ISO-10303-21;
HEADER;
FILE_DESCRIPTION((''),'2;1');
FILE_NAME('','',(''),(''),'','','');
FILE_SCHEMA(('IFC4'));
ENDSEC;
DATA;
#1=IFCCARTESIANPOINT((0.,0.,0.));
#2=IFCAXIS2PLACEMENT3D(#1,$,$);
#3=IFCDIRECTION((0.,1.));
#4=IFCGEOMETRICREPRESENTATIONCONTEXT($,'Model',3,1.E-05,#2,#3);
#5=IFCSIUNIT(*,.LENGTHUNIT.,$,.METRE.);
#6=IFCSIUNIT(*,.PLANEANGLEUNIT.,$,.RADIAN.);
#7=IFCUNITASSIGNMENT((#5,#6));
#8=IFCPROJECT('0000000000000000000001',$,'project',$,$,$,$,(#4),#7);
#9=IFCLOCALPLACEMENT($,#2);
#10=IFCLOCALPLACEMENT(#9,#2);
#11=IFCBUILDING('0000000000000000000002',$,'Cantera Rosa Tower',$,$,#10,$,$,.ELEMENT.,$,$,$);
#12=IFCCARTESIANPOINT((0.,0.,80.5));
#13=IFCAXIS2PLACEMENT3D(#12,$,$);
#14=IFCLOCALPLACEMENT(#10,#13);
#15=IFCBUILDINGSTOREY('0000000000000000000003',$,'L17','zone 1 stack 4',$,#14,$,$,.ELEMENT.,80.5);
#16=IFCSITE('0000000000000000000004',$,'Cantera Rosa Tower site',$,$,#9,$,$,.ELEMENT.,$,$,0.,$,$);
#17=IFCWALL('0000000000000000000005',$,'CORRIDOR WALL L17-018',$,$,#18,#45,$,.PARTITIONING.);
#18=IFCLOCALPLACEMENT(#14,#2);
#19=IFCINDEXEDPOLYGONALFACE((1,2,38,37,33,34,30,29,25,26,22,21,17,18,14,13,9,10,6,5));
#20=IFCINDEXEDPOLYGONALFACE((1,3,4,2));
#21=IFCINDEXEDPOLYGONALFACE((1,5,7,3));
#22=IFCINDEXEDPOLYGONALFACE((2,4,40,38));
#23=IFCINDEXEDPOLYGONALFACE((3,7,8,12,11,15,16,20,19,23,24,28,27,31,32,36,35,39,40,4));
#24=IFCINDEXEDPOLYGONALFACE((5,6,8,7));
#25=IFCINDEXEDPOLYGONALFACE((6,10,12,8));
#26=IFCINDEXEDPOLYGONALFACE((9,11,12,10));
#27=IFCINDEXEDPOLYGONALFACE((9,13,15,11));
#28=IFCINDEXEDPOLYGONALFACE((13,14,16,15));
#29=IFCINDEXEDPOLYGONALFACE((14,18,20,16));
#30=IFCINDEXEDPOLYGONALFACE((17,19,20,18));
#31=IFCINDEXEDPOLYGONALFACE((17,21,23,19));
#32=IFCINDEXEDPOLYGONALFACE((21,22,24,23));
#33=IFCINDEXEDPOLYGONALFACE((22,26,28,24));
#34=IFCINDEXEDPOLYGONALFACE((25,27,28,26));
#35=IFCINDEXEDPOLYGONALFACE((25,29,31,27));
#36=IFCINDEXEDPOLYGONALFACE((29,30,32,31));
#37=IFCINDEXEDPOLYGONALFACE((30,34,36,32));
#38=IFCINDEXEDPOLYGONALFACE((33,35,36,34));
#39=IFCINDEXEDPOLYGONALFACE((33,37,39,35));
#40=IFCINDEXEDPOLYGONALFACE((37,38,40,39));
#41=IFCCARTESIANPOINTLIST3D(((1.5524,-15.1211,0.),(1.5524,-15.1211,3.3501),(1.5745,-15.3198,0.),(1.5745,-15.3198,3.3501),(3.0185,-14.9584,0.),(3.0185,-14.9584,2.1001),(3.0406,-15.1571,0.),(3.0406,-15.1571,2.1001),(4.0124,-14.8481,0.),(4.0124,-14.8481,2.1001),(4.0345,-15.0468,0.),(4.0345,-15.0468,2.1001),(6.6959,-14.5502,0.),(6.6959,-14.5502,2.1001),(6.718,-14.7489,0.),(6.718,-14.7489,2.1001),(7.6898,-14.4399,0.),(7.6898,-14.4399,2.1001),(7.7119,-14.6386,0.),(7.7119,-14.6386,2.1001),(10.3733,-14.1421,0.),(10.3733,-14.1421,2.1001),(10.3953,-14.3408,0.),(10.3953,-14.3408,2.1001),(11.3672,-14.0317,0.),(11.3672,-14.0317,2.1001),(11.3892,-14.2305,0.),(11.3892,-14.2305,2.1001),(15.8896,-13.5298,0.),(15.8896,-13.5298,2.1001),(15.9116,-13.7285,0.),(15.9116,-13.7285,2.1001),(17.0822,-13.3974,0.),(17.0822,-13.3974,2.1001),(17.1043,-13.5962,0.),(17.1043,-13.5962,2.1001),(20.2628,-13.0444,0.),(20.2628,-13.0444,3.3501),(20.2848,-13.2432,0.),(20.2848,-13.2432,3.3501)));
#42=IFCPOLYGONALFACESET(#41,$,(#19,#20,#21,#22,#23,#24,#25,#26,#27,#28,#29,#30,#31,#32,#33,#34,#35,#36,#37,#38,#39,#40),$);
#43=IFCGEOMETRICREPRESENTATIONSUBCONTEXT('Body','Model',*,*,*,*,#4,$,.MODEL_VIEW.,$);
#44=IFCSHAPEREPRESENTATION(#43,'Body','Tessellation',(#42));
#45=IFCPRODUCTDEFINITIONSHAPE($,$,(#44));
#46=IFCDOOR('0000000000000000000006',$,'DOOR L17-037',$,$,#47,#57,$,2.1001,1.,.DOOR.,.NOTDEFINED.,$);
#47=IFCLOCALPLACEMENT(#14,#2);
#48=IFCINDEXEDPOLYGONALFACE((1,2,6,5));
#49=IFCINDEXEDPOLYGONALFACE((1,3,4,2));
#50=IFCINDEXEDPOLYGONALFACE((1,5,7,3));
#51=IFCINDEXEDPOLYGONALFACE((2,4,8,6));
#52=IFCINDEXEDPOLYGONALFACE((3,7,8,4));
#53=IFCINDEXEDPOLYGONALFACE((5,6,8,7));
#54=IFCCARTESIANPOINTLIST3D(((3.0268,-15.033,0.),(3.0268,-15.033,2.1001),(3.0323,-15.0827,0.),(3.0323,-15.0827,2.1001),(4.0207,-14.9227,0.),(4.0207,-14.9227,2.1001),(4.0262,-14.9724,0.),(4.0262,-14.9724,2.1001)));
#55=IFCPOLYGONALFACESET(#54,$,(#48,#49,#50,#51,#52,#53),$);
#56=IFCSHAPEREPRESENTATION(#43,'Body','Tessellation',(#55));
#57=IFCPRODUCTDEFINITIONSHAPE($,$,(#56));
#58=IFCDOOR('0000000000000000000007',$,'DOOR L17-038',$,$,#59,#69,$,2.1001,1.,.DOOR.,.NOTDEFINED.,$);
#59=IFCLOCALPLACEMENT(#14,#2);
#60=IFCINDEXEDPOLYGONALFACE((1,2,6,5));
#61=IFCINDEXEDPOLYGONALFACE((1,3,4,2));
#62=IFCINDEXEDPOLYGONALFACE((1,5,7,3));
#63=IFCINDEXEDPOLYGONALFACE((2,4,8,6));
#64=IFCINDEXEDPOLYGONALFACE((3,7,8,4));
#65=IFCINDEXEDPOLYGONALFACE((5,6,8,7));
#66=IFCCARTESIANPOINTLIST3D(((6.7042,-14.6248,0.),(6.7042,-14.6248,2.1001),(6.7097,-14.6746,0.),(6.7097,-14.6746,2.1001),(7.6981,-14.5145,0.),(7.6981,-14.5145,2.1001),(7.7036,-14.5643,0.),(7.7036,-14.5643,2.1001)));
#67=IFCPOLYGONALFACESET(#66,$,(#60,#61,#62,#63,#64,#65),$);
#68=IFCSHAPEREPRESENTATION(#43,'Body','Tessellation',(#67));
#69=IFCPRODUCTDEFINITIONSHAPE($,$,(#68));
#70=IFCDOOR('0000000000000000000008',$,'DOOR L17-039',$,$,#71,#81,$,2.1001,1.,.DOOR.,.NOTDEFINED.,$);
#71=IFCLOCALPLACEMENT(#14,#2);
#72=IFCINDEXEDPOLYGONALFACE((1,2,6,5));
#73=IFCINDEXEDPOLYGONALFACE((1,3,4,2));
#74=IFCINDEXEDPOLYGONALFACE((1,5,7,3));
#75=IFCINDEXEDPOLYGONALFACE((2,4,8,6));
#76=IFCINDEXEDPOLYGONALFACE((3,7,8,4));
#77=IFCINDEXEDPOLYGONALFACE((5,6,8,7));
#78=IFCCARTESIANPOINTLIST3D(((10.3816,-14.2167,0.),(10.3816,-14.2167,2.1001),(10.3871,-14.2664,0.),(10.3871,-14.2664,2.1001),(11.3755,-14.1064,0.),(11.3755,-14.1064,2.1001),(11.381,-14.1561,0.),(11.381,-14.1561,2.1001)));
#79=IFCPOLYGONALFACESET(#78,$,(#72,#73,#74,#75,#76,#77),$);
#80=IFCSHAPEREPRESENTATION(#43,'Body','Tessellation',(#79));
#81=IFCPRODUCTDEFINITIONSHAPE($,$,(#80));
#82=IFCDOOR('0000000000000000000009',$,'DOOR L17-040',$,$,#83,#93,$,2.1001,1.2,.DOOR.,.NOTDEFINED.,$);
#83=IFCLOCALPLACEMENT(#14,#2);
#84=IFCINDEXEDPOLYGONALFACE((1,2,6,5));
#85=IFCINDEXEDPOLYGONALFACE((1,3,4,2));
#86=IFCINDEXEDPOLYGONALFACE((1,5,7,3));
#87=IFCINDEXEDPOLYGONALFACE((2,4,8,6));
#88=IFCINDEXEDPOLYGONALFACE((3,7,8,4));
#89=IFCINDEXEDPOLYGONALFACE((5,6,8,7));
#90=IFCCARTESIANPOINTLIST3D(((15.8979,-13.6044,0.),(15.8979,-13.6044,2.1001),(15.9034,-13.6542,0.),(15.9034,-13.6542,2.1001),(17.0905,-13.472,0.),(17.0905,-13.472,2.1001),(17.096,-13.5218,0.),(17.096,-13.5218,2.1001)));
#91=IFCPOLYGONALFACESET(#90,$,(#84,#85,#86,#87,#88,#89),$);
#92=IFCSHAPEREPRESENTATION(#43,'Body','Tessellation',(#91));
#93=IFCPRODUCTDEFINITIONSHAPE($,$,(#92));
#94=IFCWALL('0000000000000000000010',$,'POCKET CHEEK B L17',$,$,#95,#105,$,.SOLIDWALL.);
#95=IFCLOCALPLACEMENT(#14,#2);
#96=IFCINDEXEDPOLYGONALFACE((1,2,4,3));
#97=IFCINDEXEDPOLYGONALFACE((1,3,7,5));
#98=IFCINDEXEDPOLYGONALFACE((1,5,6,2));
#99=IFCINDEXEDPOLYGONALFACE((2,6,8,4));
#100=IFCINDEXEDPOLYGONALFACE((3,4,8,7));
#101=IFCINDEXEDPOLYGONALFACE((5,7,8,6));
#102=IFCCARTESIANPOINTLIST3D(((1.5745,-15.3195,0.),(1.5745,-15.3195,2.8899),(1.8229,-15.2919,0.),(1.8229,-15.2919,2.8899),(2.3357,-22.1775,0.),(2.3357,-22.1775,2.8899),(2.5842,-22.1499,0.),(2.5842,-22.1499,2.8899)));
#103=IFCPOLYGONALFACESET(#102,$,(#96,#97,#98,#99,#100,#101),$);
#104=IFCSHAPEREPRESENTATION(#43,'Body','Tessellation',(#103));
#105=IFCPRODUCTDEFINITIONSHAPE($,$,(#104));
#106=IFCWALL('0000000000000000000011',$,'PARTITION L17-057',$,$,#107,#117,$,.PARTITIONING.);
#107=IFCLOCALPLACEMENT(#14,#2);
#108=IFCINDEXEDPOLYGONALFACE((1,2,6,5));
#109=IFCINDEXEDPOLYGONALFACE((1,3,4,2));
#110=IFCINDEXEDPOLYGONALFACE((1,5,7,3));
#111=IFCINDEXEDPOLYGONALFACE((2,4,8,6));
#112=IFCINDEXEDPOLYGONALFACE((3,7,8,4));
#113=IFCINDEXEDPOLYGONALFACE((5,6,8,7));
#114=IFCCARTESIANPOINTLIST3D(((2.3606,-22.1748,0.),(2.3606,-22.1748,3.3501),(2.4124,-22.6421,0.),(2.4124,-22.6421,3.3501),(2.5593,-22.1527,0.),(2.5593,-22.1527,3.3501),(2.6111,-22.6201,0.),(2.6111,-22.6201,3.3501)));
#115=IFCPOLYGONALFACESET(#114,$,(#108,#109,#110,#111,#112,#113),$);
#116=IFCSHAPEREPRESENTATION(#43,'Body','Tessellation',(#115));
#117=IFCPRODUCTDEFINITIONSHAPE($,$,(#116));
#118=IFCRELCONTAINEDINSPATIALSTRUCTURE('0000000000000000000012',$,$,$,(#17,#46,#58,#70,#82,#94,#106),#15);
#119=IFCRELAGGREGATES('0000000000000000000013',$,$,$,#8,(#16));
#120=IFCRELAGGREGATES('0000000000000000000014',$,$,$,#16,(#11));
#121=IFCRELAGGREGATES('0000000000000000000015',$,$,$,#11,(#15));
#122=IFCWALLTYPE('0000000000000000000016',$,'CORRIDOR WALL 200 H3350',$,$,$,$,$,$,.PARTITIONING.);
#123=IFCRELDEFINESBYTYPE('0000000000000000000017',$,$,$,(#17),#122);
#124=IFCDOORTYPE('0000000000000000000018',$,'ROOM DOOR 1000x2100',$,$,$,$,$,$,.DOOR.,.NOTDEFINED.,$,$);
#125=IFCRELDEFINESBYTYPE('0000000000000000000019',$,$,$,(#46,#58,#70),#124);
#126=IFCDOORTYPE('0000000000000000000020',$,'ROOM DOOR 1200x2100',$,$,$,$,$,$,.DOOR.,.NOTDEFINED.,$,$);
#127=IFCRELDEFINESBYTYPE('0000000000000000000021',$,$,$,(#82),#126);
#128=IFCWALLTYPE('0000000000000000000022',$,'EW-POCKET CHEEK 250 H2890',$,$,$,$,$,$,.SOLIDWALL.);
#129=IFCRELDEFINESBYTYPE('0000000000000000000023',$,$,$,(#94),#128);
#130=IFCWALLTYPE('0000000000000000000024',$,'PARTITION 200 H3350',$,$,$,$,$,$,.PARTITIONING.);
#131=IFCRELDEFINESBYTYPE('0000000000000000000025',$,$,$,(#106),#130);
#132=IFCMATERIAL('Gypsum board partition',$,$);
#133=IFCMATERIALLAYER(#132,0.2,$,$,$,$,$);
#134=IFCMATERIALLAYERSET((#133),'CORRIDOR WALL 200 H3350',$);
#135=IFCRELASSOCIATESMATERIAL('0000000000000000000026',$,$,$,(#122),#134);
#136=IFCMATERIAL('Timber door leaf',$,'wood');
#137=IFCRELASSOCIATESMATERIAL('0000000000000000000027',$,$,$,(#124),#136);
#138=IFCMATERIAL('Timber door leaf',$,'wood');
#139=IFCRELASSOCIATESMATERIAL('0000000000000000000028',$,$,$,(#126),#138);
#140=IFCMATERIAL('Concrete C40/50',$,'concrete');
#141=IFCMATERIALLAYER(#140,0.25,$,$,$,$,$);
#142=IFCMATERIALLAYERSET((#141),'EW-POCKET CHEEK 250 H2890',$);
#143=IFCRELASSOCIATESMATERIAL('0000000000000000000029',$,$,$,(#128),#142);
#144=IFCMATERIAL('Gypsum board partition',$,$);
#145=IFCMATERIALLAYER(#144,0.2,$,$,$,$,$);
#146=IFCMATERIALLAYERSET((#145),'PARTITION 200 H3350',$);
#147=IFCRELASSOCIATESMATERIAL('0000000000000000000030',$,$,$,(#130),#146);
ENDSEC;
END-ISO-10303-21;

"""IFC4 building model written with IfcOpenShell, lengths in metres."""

from ifc_helpers import new_model, si_unit, direction, frame, frame_2d, origin, place, context, subcontext, project, spatial, rectangle, extrude, material, layer, layer_set, type_object, element, fill, save


model = new_model("IFC4")

# Units and contexts
model_context = context("Model", 3, precision=1e-05, world=origin(), true_north=direction((0.0, 1.0)))
body_context = subcontext(model_context, "Body", "Model", "MODEL_VIEW")
ifc_project = project(units=[si_unit("LENGTHUNIT", "METRE"), si_unit("PLANEANGLEUNIT", "RADIAN")], contexts=[model_context])

# Site, building, storey
site_placement = place(None, origin())
site = spatial("IfcSite", under=ifc_project, at=site_placement, Name="Cantera Rosa Tower site", CompositionType="ELEMENT", RefElevation=0.0)
building_placement = place(site_placement, origin())
building = spatial("IfcBuilding", under=site, at=building_placement, Name="Cantera Rosa Tower", CompositionType="ELEMENT")
storey_placement = place(building_placement, frame((0.0, 0.0, 80.5)))
storey = spatial("IfcBuildingStorey", under=building, at=storey_placement, Name="L17", Description="zone 1 stack 4", CompositionType="ELEMENT", Elevation=80.5)

# Wall, openings, doors
ifc_material_1 = material(Name="Gypsum board partition")
ifc_layer_1 = layer(ifc_material_1, 0.2)
ifc_layer_set_1 = layer_set([ifc_layer_1], Name="CORRIDOR WALL 200 H3350")
wall_type_1 = type_object("IfcWallType", Name="CORRIDOR WALL 200 H3350", PredefinedType="PARTITIONING", material=ifc_layer_set_1)
wall_1_placement = place(storey_placement, frame((1.5635, -15.2205, 0.0), z_axis=(0.0, 0.0, 1.0), x_axis=(0.993897, 0.110313, 0.0)))
wall_1 = element("IfcWall", 1, at=wall_1_placement, inside=storey, type_object=wall_type_1, Name="CORRIDOR WALL L17-018", PredefinedType="PARTITIONING", context=body_context, shape_type="SweptSolid", body=[
    extrude(rectangle(XDim=18.8252, YDim=0.2, at=frame_2d((9.4126, 0.0))), origin(), (0.0, 0.0, 1.0), 3.3501),
])
opening_1_placement = place(wall_1_placement, frame((1.4751, 0.0, 0.0)))
opening_1 = element("IfcOpeningElement", 2, at=opening_1_placement, cuts=wall_1, PredefinedType="OPENING", context=body_context, shape_type="SweptSolid", body=[
    extrude(rectangle(XDim=1.0, YDim=2.1001, at=frame_2d((0.5, 1.05))), frame((0.0, 0.1099, 0.0), z_axis=(0.0, -1.0, 0.0), x_axis=(1.0, 0.0, 0.0)), (0.0, 0.0, 1.0), 0.22),
])
opening_2_placement = place(wall_1_placement, frame((5.175, 0.0, 0.0)))
opening_2 = element("IfcOpeningElement", 3, at=opening_2_placement, cuts=wall_1, PredefinedType="OPENING", context=body_context, shape_type="SweptSolid", body=[
    extrude(rectangle(XDim=1.0, YDim=2.1001, at=frame_2d((0.5, 1.05))), frame((0.0, 0.1099, 0.0), z_axis=(0.0, -1.0, 0.0), x_axis=(1.0, 0.0, 0.0)), (0.0, 0.0, 1.0), 0.22),
])
opening_3_placement = place(wall_1_placement, frame((8.875, 0.0, 0.0)))
opening_3 = element("IfcOpeningElement", 4, at=opening_3_placement, cuts=wall_1, PredefinedType="OPENING", context=body_context, shape_type="SweptSolid", body=[
    extrude(rectangle(XDim=1.0, YDim=2.1001, at=frame_2d((0.5, 1.05))), frame((0.0, 0.1099, 0.0), z_axis=(0.0, -1.0, 0.0), x_axis=(1.0, 0.0, 0.0)), (0.0, 0.0, 1.0), 0.22),
])
opening_4_placement = place(wall_1_placement, frame((14.425, 0.0, 0.0)))
opening_4 = element("IfcOpeningElement", 5, at=opening_4_placement, cuts=wall_1, PredefinedType="OPENING", context=body_context, shape_type="SweptSolid", body=[
    extrude(rectangle(XDim=1.2, YDim=2.1001, at=frame_2d((0.6001, 1.05))), frame((0.0, 0.1099, 0.0), z_axis=(0.0, -1.0, 0.0), x_axis=(1.0, 0.0, 0.0)), (0.0, 0.0, 1.0), 0.22),
])
ifc_material_2 = material(Name="Timber door leaf", Category="wood")
door_type_1 = type_object("IfcDoorType", Name="ROOM DOOR 1000x2100", OperationType="NOTDEFINED", PredefinedType="DOOR", material=ifc_material_2)
door_1_placement = place(opening_1_placement, origin())
door_1 = element("IfcDoor", 6, at=door_1_placement, inside=storey, type_object=door_type_1, Name="DOOR L17-037", OperationType="NOTDEFINED", OverallHeight=2.1001, OverallWidth=1.0, PredefinedType="DOOR", context=body_context, shape_type="SweptSolid", body=[
    extrude(rectangle(XDim=1.0, YDim=2.1001, at=frame_2d((0.5, 1.05))), frame((0.0, 0.0249, 0.0), z_axis=(0.0, -1.0, 0.0), x_axis=(1.0, 0.0, 0.0)), (0.0, 0.0, 1.0), 0.05),
])
fill(opening_1, door_1)
door_2_placement = place(opening_2_placement, origin())
door_2 = element("IfcDoor", 7, at=door_2_placement, inside=storey, type_object=door_type_1, Name="DOOR L17-038", OperationType="NOTDEFINED", OverallHeight=2.1001, OverallWidth=1.0, PredefinedType="DOOR", context=body_context, shape_type="SweptSolid", body=[
    extrude(rectangle(XDim=1.0, YDim=2.1001, at=frame_2d((0.5, 1.05))), frame((0.0, 0.0249, 0.0), z_axis=(0.0, -1.0, 0.0), x_axis=(1.0, 0.0, 0.0)), (0.0, 0.0, 1.0), 0.05),
])
fill(opening_2, door_2)
door_3_placement = place(opening_3_placement, origin())
door_3 = element("IfcDoor", 8, at=door_3_placement, inside=storey, type_object=door_type_1, Name="DOOR L17-039", OperationType="NOTDEFINED", OverallHeight=2.1001, OverallWidth=1.0, PredefinedType="DOOR", context=body_context, shape_type="SweptSolid", body=[
    extrude(rectangle(XDim=1.0, YDim=2.1001, at=frame_2d((0.5, 1.05))), frame((0.0, 0.0249, 0.0), z_axis=(0.0, -1.0, 0.0), x_axis=(1.0, 0.0, 0.0)), (0.0, 0.0, 1.0), 0.05),
])
fill(opening_3, door_3)
ifc_material_3 = material(Name="Timber door leaf", Category="wood")
door_type_2 = type_object("IfcDoorType", Name="ROOM DOOR 1200x2100", OperationType="NOTDEFINED", PredefinedType="DOOR", material=ifc_material_3)
door_4_placement = place(opening_4_placement, origin())
door_4 = element("IfcDoor", 9, at=door_4_placement, inside=storey, type_object=door_type_2, Name="DOOR L17-040", OperationType="NOTDEFINED", OverallHeight=2.1001, OverallWidth=1.2, PredefinedType="DOOR", context=body_context, shape_type="SweptSolid", body=[
    extrude(rectangle(XDim=1.2, YDim=2.1001, at=frame_2d((0.6001, 1.05))), frame((0.0, 0.0249, 0.0), z_axis=(0.0, -1.0, 0.0), x_axis=(1.0, 0.0, 0.0)), (0.0, 0.0, 1.0), 0.05),
])
fill(opening_4, door_4)

# Walls
ifc_material_4 = material(Name="Concrete C40/50", Category="concrete")
ifc_layer_2 = layer(ifc_material_4, 0.25)
ifc_layer_set_2 = layer_set([ifc_layer_2], Name="EW-POCKET CHEEK 250 H2890")
wall_type_2 = type_object("IfcWallType", Name="EW-POCKET CHEEK 250 H2890", PredefinedType="SOLIDWALL", material=ifc_layer_set_2)
wall_2_placement = place(storey_placement, frame((2.46, -22.1638, 0.0), z_axis=(0.0, 0.0, 1.0), x_axis=(-0.110323, 0.993896, 0.0)))
element("IfcWall", 10, at=wall_2_placement, inside=storey, type_object=wall_type_2, Name="POCKET CHEEK B L17", PredefinedType="SOLIDWALL", context=body_context, shape_type="SweptSolid", body=[
    extrude(rectangle(XDim=6.9001, YDim=0.25, at=frame_2d((3.4502, 0.0))), origin(), (0.0, 0.0, 1.0), 2.8899),
])
ifc_material_5 = material(Name="Gypsum board partition")
ifc_layer_3 = layer(ifc_material_5, 0.2)
ifc_layer_set_3 = layer_set([ifc_layer_3], Name="PARTITION 200 H3350")
wall_type_3 = type_object("IfcWallType", Name="PARTITION 200 H3350", PredefinedType="PARTITIONING", material=ifc_layer_set_3)
wall_3_placement = place(storey_placement, frame((2.5117, -22.6311, 0.0), z_axis=(0.0, 0.0, 1.0), x_axis=(-0.11009, 0.993922, 0.0)))
element("IfcWall", 11, at=wall_3_placement, inside=storey, type_object=wall_type_3, Name="PARTITION L17-057", PredefinedType="PARTITIONING", context=body_context, shape_type="SweptSolid", body=[
    extrude(rectangle(XDim=0.4702, YDim=0.2, at=frame_2d((0.2351, 0.0))), origin(), (0.0, 0.0, 1.0), 3.3501),
])

save(model, "model.ifc")
